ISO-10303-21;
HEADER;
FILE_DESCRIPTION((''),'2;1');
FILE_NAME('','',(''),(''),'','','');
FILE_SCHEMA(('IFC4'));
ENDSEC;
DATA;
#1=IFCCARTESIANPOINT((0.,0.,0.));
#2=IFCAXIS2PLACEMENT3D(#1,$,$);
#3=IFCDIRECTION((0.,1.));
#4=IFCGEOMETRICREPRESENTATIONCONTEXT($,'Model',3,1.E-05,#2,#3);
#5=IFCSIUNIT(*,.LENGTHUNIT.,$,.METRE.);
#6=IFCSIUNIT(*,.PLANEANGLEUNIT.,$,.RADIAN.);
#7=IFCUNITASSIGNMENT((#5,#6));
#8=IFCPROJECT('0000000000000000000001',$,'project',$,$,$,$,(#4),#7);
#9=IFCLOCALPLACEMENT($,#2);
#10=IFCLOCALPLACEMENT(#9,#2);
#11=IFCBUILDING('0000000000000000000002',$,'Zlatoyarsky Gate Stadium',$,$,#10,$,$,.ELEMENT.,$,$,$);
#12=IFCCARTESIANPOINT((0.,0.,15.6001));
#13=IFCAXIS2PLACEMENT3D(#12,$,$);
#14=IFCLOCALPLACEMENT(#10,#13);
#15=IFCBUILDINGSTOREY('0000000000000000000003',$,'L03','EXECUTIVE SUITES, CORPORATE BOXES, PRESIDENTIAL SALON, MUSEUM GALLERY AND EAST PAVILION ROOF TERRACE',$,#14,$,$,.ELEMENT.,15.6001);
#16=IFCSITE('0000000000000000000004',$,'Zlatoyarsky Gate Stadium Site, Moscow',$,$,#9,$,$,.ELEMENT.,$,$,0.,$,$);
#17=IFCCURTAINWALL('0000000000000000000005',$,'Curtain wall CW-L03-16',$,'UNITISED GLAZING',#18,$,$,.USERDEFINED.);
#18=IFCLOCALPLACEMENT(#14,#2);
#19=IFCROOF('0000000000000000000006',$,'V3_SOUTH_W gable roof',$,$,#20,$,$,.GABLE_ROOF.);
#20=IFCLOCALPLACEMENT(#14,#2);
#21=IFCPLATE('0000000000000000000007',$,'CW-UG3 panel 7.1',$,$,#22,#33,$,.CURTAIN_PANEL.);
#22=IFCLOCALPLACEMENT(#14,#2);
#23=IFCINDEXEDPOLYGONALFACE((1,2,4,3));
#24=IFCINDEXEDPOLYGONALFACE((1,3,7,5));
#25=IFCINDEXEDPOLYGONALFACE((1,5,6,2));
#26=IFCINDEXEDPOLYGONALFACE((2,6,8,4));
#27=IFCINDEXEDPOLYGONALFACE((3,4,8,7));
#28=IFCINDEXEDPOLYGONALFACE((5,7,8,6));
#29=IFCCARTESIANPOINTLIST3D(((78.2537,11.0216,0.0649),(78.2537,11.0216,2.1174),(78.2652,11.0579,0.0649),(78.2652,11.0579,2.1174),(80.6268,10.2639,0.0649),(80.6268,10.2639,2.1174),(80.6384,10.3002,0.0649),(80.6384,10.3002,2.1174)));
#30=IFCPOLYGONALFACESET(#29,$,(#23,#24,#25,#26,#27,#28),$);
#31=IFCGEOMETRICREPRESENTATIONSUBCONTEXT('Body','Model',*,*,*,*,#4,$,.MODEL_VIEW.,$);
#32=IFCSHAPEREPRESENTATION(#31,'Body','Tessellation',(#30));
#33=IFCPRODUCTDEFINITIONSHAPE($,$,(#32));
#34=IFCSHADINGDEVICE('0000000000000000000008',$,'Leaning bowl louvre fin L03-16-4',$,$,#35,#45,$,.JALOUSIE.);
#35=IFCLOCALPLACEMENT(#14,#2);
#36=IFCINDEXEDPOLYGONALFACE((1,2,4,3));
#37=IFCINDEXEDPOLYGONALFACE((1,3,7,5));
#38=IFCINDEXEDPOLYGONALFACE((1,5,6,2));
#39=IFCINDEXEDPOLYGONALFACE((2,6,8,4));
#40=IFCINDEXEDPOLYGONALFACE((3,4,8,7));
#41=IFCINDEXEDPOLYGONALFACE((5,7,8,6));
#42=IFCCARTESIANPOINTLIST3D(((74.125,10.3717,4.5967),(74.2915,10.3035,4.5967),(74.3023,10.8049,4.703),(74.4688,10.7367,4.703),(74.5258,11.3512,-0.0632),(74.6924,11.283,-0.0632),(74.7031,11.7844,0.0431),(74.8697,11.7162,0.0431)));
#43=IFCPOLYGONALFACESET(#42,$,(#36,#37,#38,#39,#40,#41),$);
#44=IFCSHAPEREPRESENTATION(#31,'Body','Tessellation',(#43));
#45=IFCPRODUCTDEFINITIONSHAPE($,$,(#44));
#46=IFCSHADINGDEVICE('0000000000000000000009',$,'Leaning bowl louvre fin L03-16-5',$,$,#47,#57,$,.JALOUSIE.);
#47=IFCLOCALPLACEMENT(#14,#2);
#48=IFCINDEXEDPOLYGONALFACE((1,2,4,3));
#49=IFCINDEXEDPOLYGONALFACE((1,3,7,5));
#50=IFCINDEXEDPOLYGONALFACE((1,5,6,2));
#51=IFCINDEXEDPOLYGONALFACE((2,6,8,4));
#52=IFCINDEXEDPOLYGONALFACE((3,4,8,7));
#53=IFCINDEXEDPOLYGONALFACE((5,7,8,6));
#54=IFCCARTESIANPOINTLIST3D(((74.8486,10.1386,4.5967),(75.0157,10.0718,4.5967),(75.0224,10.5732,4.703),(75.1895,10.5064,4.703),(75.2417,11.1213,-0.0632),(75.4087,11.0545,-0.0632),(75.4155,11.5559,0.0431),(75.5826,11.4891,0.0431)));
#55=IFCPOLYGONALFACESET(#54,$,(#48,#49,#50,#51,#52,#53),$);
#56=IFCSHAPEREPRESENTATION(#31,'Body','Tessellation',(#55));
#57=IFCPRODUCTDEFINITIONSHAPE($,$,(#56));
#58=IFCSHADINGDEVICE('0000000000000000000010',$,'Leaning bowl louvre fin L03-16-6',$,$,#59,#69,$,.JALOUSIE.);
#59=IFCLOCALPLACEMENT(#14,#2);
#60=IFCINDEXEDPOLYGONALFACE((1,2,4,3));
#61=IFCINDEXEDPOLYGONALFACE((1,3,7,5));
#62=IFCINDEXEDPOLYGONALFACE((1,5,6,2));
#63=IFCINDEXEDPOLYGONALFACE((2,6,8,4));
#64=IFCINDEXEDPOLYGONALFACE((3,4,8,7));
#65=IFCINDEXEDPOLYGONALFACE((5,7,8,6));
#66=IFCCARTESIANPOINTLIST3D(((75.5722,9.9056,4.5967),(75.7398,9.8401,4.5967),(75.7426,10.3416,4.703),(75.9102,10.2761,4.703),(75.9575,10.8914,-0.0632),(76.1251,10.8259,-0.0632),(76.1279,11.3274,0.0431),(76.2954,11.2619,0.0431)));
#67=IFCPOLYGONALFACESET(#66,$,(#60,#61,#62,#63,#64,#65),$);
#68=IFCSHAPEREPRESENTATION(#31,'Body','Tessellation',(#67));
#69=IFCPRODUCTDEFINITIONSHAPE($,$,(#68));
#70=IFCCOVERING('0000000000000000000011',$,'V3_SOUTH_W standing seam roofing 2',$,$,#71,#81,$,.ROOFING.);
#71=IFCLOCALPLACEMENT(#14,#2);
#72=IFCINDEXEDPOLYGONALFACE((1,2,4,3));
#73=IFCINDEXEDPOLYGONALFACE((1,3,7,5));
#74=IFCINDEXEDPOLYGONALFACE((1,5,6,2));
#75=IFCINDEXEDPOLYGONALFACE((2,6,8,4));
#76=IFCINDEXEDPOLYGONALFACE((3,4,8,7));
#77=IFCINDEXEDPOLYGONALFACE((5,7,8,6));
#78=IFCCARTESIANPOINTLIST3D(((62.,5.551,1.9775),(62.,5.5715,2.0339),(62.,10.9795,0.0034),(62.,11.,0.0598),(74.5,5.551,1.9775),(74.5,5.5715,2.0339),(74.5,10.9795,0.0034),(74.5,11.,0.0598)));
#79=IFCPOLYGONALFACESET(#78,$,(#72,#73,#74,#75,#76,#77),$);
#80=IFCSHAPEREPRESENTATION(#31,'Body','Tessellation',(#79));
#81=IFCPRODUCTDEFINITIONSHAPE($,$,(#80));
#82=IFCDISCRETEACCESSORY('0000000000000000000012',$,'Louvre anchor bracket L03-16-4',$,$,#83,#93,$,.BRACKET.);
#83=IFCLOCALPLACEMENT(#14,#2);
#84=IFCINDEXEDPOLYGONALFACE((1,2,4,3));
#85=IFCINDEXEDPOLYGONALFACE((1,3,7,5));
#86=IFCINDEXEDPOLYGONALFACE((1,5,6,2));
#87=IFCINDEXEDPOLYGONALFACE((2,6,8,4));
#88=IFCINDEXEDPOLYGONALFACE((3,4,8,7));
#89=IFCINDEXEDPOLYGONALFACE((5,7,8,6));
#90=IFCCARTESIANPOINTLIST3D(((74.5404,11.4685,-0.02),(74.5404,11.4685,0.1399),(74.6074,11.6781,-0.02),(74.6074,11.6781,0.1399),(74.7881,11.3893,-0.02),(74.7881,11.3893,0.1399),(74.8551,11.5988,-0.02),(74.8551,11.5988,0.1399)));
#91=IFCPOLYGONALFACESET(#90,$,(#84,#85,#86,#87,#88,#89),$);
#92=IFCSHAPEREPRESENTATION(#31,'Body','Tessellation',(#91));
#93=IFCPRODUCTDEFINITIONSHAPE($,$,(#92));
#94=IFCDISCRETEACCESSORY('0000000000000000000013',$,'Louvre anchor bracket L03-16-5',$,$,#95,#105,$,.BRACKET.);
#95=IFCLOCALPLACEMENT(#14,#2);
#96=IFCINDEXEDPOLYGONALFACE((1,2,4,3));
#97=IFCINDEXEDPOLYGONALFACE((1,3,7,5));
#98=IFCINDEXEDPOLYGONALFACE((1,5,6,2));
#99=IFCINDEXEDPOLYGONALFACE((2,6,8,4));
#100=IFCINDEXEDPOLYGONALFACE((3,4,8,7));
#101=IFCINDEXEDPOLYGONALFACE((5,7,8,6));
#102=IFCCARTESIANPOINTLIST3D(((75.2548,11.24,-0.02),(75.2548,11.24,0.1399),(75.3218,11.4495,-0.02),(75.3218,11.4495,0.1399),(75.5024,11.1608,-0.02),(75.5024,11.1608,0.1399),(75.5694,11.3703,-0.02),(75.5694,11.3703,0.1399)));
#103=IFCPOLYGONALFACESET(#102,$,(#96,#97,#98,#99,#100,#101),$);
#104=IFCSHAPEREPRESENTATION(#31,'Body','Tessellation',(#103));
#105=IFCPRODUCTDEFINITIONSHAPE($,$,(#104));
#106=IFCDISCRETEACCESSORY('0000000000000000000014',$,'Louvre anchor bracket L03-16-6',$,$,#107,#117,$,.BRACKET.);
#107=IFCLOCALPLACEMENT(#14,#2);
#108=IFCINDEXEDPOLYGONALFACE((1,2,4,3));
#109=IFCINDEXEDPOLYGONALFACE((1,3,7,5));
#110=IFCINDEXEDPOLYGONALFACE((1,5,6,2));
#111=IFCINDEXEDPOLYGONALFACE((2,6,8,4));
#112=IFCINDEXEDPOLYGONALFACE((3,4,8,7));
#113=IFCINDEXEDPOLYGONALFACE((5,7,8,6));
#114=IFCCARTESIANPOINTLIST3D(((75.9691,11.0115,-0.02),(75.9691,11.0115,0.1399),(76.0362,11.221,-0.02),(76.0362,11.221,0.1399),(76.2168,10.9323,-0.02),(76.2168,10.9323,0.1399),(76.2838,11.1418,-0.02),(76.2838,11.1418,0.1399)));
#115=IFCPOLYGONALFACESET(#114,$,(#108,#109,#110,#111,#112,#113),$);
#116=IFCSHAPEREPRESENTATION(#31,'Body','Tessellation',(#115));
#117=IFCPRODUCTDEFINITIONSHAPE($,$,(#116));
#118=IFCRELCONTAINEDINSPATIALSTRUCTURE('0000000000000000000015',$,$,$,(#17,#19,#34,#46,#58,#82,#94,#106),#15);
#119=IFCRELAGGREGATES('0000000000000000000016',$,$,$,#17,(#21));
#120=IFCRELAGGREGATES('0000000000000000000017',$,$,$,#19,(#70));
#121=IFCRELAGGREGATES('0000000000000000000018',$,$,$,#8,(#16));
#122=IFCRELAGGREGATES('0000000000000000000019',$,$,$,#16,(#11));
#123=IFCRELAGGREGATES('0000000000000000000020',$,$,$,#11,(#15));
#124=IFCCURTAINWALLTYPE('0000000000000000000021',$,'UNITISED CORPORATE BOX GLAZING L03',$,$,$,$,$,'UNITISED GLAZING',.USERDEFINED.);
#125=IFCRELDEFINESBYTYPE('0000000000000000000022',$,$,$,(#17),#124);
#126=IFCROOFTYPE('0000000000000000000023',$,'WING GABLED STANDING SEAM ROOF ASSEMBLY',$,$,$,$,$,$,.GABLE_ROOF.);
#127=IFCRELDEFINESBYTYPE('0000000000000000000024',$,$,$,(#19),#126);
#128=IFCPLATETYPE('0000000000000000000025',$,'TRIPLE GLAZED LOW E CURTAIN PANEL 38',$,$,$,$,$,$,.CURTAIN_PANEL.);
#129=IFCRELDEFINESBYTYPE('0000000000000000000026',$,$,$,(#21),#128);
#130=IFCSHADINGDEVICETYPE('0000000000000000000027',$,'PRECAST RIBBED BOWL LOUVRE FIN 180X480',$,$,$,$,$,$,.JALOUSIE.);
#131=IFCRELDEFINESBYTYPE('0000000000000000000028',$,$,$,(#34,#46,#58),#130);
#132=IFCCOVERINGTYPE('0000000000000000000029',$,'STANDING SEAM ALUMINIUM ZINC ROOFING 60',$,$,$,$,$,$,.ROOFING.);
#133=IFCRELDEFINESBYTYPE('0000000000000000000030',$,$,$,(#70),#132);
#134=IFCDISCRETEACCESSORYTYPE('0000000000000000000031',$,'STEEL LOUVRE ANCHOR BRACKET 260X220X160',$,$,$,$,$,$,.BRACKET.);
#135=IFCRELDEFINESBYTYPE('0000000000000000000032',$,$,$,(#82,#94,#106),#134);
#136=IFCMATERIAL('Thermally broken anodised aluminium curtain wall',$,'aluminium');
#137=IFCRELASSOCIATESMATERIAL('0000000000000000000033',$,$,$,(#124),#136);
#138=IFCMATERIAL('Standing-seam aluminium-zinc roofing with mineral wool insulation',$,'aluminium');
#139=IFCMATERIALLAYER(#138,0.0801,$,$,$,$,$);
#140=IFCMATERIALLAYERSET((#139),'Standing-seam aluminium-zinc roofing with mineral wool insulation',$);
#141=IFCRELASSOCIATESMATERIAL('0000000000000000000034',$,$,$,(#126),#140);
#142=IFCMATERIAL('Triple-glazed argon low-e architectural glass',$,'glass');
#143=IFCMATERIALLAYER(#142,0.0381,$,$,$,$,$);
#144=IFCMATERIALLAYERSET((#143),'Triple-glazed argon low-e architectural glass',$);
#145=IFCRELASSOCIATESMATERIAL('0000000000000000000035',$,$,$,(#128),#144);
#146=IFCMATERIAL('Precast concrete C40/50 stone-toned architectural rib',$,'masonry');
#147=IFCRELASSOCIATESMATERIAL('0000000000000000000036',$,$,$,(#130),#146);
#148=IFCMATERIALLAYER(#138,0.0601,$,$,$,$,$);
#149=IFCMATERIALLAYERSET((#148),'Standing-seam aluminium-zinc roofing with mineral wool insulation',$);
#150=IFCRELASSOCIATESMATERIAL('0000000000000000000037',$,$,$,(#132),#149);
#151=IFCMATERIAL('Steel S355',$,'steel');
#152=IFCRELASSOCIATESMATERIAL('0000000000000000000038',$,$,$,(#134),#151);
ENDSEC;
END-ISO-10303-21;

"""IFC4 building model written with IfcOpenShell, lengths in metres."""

from ifc_helpers import new_model, si_unit, direction, frame, origin, origin_2d, place, context, subcontext, project, spatial, polyline, rectangle, outline, extrude, material, layer, layer_set, material_profile, profile_set, type_object, element, aggregate, save


model = new_model("IFC4")

# Units and contexts
model_context = context("Model", 3, precision=1e-05, world=origin(), true_north=direction((0.0, 1.0)))
body_context = subcontext(model_context, "Body", "Model", "MODEL_VIEW")
ifc_project = project(units=[si_unit("LENGTHUNIT", "METRE"), si_unit("PLANEANGLEUNIT", "RADIAN")], contexts=[model_context])

# Site, building, storey
site_placement = place(None, origin())
site = spatial("IfcSite", under=ifc_project, at=site_placement, Name="Zlatoyarsky Gate Stadium Site, Moscow", CompositionType="ELEMENT", RefElevation=0.0)
building_placement = place(site_placement, origin())
building = spatial("IfcBuilding", under=site, at=building_placement, Name="Zlatoyarsky Gate Stadium", CompositionType="ELEMENT")
storey_placement = place(building_placement, frame((0.0, 0.0, 15.6001)))
storey = spatial("IfcBuildingStorey", under=building, at=storey_placement, Name="L03", Description="EXECUTIVE SUITES, CORPORATE BOXES, PRESIDENTIAL SALON, MUSEUM GALLERY AND EAST PAVILION ROOF TERRACE", CompositionType="ELEMENT", Elevation=15.6001)

# Curtain wall
ifc_material_1 = material(Name="Thermally broken anodised aluminium curtain wall", Category="aluminium")
curtain_wall_type = type_object("IfcCurtainWallType", Name="UNITISED CORPORATE BOX GLAZING L03", ElementType="UNITISED GLAZING", PredefinedType="USERDEFINED", material=ifc_material_1)
curtain_wall_placement = place(storey_placement, origin())
curtain_wall = element("IfcCurtainWall", 1, at=curtain_wall_placement, inside=storey, type_object=curtain_wall_type, Name="Curtain wall CW-L03-16", ObjectType="UNITISED GLAZING", PredefinedType="USERDEFINED")

# Shared definitions
ifc_material_2 = material(Name="Steel S355", Category="steel")

# Roof
ifc_material_3 = material(Name="Standing-seam aluminium-zinc roofing with mineral wool insulation", Category="aluminium")
ifc_layer_1 = layer(ifc_material_3, 0.0801)
ifc_layer_set_1 = layer_set([ifc_layer_1], Name="Standing-seam aluminium-zinc roofing with mineral wool insulation")
roof_type = type_object("IfcRoofType", Name="WING GABLED STANDING SEAM ROOF ASSEMBLY", PredefinedType="GABLE_ROOF", material=ifc_layer_set_1)
roof_placement = place(storey_placement, origin())
roof = element("IfcRoof", 2, at=roof_placement, inside=storey, type_object=roof_type, Name="V3_SOUTH_W gable roof", PredefinedType="GABLE_ROOF")

# Plate
ifc_material_4 = material(Name="Triple-glazed argon low-e architectural glass", Category="glass")
ifc_layer_2 = layer(ifc_material_4, 0.0381)
ifc_layer_set_2 = layer_set([ifc_layer_2], Name="Triple-glazed argon low-e architectural glass")
plate_type_1 = type_object("IfcPlateType", Name="TRIPLE GLAZED LOW E CURTAIN PANEL 38", PredefinedType="CURTAIN_PANEL", material=ifc_layer_set_2)
plate_1_placement = place(storey_placement, frame((79.446, 10.6609, 0.0649), z_axis=(0.0, 0.0, 1.0), x_axis=(0.95262, -0.304162, 0.0)))
plate_1 = element("IfcPlate", 3, at=plate_1_placement, type_object=plate_type_1, Name="CW-UG3 panel 7.1", PredefinedType="CURTAIN_PANEL", context=body_context, shape_type="SweptSolid", body=[
    extrude(rectangle(XDim=2.4912, YDim=0.0381, at=origin_2d()), origin(), (0.0, 0.0, 1.0), 2.0525),
])
aggregate(curtain_wall, [plate_1])

# Shading devices
ifc_material_5 = material(Name="Precast concrete C40/50 stone-toned architectural rib", Category="masonry")
ifc_material_profile_1 = material_profile(ifc_material_5, rectangle(XDim=0.1799, YDim=0.48, at=origin_2d()), Name="RIB 180X480")
ifc_profile_set_1 = profile_set([ifc_material_profile_1], Name="Precast concrete C40/50 stone-toned architectural rib")
shading_device_type = type_object("IfcShadingDeviceType", Name="PRECAST RIBBED BOWL LOUVRE FIN 180X480", PredefinedType="JALOUSIE", material=ifc_profile_set_1)
for number, where, z_axis, x_axis, name in (
    (4, (74.6978, 11.5337, -0.01), (-0.083891, -0.204975, 0.975165), (0.925488, -0.378777, 0.0), "Leaning bowl louvre fin L03-16-4"),
    (5, (75.4121, 11.3052, -0.01), (-0.082256, -0.205639, 0.975165), (0.928477, -0.371391, 0.0), "Leaning bowl louvre fin L03-16-5"),
    (6, (76.1265, 11.0767, -0.01), (-0.080621, -0.206303, 0.975161), (0.931406, -0.363982, 0.0), "Leaning bowl louvre fin L03-16-6"),
):
    element("IfcShadingDevice", number, at=place(storey_placement, frame(where, z_axis=z_axis, x_axis=x_axis)), inside=storey, type_object=shading_device_type, Name=name, PredefinedType="JALOUSIE", context=body_context, shape_type="SweptSolid", body=[
        extrude(rectangle(XDim=0.1799, YDim=0.48, at=origin_2d()), origin(), (0.0, 0.0, 1.0), 4.7786),
    ])

# Covering
ifc_layer_3 = layer(ifc_material_3, 0.0601)
ifc_layer_set_3 = layer_set([ifc_layer_3], Name="Standing-seam aluminium-zinc roofing with mineral wool insulation")
covering_type = type_object("IfcCoveringType", Name="STANDING SEAM ALUMINIUM ZINC ROOFING 60", PredefinedType="ROOFING", material=ifc_layer_set_3)
covering_placement = place(storey_placement, frame((74.5, 11.0, 0.0598), z_axis=(0.0, 0.341763, 0.939786), x_axis=(-1.0, 0.0, 0.0)))
covering = element("IfcCovering", 7, at=covering_placement, type_object=covering_type, Name="V3_SOUTH_W standing seam roofing 2", PredefinedType="ROOFING", context=body_context, shape_type="SweptSolid", body=[
    extrude(outline(polyline([(0.0, 0.0), (12.5, 0.0), (12.5, 5.7763), (0.0, 5.7763), (0.0, 0.0)])), origin(), (0.0, 0.0, -1.0), 0.0601),
])
aggregate(roof, [covering])

# Discrete accessories
discrete_accessory_type = type_object("IfcDiscreteAccessoryType", Name="STEEL LOUVRE ANCHOR BRACKET 260X220X160", PredefinedType="BRACKET", material=ifc_material_2)
for number, where, z_axis, x_axis, name in (
    (8, (74.6978, 11.5337, -0.02), (0.0, 0.0, 1.0), (0.952451, -0.304691, 0.0), "Louvre anchor bracket L03-16-4"),
    (9, (75.4121, 11.3052, -0.02), (0.0, 0.0, 1.0), (0.952451, -0.304691, 0.0), "Louvre anchor bracket L03-16-5"),
    (10, (76.1265, 11.0767, -0.02), (0.0, 0.0, 1.0), (0.952451, -0.304691, 0.0), "Louvre anchor bracket L03-16-6"),
):
    element("IfcDiscreteAccessory", number, at=place(storey_placement, frame(where, z_axis=z_axis, x_axis=x_axis)), inside=storey, type_object=discrete_accessory_type, Name=name, PredefinedType="BRACKET", context=body_context, shape_type="SweptSolid", body=[
        extrude(rectangle(XDim=0.26, YDim=0.22, at=origin_2d()), origin(), (0.0, 0.0, 1.0), 0.1599),
    ])

save(model, "model.ifc")
